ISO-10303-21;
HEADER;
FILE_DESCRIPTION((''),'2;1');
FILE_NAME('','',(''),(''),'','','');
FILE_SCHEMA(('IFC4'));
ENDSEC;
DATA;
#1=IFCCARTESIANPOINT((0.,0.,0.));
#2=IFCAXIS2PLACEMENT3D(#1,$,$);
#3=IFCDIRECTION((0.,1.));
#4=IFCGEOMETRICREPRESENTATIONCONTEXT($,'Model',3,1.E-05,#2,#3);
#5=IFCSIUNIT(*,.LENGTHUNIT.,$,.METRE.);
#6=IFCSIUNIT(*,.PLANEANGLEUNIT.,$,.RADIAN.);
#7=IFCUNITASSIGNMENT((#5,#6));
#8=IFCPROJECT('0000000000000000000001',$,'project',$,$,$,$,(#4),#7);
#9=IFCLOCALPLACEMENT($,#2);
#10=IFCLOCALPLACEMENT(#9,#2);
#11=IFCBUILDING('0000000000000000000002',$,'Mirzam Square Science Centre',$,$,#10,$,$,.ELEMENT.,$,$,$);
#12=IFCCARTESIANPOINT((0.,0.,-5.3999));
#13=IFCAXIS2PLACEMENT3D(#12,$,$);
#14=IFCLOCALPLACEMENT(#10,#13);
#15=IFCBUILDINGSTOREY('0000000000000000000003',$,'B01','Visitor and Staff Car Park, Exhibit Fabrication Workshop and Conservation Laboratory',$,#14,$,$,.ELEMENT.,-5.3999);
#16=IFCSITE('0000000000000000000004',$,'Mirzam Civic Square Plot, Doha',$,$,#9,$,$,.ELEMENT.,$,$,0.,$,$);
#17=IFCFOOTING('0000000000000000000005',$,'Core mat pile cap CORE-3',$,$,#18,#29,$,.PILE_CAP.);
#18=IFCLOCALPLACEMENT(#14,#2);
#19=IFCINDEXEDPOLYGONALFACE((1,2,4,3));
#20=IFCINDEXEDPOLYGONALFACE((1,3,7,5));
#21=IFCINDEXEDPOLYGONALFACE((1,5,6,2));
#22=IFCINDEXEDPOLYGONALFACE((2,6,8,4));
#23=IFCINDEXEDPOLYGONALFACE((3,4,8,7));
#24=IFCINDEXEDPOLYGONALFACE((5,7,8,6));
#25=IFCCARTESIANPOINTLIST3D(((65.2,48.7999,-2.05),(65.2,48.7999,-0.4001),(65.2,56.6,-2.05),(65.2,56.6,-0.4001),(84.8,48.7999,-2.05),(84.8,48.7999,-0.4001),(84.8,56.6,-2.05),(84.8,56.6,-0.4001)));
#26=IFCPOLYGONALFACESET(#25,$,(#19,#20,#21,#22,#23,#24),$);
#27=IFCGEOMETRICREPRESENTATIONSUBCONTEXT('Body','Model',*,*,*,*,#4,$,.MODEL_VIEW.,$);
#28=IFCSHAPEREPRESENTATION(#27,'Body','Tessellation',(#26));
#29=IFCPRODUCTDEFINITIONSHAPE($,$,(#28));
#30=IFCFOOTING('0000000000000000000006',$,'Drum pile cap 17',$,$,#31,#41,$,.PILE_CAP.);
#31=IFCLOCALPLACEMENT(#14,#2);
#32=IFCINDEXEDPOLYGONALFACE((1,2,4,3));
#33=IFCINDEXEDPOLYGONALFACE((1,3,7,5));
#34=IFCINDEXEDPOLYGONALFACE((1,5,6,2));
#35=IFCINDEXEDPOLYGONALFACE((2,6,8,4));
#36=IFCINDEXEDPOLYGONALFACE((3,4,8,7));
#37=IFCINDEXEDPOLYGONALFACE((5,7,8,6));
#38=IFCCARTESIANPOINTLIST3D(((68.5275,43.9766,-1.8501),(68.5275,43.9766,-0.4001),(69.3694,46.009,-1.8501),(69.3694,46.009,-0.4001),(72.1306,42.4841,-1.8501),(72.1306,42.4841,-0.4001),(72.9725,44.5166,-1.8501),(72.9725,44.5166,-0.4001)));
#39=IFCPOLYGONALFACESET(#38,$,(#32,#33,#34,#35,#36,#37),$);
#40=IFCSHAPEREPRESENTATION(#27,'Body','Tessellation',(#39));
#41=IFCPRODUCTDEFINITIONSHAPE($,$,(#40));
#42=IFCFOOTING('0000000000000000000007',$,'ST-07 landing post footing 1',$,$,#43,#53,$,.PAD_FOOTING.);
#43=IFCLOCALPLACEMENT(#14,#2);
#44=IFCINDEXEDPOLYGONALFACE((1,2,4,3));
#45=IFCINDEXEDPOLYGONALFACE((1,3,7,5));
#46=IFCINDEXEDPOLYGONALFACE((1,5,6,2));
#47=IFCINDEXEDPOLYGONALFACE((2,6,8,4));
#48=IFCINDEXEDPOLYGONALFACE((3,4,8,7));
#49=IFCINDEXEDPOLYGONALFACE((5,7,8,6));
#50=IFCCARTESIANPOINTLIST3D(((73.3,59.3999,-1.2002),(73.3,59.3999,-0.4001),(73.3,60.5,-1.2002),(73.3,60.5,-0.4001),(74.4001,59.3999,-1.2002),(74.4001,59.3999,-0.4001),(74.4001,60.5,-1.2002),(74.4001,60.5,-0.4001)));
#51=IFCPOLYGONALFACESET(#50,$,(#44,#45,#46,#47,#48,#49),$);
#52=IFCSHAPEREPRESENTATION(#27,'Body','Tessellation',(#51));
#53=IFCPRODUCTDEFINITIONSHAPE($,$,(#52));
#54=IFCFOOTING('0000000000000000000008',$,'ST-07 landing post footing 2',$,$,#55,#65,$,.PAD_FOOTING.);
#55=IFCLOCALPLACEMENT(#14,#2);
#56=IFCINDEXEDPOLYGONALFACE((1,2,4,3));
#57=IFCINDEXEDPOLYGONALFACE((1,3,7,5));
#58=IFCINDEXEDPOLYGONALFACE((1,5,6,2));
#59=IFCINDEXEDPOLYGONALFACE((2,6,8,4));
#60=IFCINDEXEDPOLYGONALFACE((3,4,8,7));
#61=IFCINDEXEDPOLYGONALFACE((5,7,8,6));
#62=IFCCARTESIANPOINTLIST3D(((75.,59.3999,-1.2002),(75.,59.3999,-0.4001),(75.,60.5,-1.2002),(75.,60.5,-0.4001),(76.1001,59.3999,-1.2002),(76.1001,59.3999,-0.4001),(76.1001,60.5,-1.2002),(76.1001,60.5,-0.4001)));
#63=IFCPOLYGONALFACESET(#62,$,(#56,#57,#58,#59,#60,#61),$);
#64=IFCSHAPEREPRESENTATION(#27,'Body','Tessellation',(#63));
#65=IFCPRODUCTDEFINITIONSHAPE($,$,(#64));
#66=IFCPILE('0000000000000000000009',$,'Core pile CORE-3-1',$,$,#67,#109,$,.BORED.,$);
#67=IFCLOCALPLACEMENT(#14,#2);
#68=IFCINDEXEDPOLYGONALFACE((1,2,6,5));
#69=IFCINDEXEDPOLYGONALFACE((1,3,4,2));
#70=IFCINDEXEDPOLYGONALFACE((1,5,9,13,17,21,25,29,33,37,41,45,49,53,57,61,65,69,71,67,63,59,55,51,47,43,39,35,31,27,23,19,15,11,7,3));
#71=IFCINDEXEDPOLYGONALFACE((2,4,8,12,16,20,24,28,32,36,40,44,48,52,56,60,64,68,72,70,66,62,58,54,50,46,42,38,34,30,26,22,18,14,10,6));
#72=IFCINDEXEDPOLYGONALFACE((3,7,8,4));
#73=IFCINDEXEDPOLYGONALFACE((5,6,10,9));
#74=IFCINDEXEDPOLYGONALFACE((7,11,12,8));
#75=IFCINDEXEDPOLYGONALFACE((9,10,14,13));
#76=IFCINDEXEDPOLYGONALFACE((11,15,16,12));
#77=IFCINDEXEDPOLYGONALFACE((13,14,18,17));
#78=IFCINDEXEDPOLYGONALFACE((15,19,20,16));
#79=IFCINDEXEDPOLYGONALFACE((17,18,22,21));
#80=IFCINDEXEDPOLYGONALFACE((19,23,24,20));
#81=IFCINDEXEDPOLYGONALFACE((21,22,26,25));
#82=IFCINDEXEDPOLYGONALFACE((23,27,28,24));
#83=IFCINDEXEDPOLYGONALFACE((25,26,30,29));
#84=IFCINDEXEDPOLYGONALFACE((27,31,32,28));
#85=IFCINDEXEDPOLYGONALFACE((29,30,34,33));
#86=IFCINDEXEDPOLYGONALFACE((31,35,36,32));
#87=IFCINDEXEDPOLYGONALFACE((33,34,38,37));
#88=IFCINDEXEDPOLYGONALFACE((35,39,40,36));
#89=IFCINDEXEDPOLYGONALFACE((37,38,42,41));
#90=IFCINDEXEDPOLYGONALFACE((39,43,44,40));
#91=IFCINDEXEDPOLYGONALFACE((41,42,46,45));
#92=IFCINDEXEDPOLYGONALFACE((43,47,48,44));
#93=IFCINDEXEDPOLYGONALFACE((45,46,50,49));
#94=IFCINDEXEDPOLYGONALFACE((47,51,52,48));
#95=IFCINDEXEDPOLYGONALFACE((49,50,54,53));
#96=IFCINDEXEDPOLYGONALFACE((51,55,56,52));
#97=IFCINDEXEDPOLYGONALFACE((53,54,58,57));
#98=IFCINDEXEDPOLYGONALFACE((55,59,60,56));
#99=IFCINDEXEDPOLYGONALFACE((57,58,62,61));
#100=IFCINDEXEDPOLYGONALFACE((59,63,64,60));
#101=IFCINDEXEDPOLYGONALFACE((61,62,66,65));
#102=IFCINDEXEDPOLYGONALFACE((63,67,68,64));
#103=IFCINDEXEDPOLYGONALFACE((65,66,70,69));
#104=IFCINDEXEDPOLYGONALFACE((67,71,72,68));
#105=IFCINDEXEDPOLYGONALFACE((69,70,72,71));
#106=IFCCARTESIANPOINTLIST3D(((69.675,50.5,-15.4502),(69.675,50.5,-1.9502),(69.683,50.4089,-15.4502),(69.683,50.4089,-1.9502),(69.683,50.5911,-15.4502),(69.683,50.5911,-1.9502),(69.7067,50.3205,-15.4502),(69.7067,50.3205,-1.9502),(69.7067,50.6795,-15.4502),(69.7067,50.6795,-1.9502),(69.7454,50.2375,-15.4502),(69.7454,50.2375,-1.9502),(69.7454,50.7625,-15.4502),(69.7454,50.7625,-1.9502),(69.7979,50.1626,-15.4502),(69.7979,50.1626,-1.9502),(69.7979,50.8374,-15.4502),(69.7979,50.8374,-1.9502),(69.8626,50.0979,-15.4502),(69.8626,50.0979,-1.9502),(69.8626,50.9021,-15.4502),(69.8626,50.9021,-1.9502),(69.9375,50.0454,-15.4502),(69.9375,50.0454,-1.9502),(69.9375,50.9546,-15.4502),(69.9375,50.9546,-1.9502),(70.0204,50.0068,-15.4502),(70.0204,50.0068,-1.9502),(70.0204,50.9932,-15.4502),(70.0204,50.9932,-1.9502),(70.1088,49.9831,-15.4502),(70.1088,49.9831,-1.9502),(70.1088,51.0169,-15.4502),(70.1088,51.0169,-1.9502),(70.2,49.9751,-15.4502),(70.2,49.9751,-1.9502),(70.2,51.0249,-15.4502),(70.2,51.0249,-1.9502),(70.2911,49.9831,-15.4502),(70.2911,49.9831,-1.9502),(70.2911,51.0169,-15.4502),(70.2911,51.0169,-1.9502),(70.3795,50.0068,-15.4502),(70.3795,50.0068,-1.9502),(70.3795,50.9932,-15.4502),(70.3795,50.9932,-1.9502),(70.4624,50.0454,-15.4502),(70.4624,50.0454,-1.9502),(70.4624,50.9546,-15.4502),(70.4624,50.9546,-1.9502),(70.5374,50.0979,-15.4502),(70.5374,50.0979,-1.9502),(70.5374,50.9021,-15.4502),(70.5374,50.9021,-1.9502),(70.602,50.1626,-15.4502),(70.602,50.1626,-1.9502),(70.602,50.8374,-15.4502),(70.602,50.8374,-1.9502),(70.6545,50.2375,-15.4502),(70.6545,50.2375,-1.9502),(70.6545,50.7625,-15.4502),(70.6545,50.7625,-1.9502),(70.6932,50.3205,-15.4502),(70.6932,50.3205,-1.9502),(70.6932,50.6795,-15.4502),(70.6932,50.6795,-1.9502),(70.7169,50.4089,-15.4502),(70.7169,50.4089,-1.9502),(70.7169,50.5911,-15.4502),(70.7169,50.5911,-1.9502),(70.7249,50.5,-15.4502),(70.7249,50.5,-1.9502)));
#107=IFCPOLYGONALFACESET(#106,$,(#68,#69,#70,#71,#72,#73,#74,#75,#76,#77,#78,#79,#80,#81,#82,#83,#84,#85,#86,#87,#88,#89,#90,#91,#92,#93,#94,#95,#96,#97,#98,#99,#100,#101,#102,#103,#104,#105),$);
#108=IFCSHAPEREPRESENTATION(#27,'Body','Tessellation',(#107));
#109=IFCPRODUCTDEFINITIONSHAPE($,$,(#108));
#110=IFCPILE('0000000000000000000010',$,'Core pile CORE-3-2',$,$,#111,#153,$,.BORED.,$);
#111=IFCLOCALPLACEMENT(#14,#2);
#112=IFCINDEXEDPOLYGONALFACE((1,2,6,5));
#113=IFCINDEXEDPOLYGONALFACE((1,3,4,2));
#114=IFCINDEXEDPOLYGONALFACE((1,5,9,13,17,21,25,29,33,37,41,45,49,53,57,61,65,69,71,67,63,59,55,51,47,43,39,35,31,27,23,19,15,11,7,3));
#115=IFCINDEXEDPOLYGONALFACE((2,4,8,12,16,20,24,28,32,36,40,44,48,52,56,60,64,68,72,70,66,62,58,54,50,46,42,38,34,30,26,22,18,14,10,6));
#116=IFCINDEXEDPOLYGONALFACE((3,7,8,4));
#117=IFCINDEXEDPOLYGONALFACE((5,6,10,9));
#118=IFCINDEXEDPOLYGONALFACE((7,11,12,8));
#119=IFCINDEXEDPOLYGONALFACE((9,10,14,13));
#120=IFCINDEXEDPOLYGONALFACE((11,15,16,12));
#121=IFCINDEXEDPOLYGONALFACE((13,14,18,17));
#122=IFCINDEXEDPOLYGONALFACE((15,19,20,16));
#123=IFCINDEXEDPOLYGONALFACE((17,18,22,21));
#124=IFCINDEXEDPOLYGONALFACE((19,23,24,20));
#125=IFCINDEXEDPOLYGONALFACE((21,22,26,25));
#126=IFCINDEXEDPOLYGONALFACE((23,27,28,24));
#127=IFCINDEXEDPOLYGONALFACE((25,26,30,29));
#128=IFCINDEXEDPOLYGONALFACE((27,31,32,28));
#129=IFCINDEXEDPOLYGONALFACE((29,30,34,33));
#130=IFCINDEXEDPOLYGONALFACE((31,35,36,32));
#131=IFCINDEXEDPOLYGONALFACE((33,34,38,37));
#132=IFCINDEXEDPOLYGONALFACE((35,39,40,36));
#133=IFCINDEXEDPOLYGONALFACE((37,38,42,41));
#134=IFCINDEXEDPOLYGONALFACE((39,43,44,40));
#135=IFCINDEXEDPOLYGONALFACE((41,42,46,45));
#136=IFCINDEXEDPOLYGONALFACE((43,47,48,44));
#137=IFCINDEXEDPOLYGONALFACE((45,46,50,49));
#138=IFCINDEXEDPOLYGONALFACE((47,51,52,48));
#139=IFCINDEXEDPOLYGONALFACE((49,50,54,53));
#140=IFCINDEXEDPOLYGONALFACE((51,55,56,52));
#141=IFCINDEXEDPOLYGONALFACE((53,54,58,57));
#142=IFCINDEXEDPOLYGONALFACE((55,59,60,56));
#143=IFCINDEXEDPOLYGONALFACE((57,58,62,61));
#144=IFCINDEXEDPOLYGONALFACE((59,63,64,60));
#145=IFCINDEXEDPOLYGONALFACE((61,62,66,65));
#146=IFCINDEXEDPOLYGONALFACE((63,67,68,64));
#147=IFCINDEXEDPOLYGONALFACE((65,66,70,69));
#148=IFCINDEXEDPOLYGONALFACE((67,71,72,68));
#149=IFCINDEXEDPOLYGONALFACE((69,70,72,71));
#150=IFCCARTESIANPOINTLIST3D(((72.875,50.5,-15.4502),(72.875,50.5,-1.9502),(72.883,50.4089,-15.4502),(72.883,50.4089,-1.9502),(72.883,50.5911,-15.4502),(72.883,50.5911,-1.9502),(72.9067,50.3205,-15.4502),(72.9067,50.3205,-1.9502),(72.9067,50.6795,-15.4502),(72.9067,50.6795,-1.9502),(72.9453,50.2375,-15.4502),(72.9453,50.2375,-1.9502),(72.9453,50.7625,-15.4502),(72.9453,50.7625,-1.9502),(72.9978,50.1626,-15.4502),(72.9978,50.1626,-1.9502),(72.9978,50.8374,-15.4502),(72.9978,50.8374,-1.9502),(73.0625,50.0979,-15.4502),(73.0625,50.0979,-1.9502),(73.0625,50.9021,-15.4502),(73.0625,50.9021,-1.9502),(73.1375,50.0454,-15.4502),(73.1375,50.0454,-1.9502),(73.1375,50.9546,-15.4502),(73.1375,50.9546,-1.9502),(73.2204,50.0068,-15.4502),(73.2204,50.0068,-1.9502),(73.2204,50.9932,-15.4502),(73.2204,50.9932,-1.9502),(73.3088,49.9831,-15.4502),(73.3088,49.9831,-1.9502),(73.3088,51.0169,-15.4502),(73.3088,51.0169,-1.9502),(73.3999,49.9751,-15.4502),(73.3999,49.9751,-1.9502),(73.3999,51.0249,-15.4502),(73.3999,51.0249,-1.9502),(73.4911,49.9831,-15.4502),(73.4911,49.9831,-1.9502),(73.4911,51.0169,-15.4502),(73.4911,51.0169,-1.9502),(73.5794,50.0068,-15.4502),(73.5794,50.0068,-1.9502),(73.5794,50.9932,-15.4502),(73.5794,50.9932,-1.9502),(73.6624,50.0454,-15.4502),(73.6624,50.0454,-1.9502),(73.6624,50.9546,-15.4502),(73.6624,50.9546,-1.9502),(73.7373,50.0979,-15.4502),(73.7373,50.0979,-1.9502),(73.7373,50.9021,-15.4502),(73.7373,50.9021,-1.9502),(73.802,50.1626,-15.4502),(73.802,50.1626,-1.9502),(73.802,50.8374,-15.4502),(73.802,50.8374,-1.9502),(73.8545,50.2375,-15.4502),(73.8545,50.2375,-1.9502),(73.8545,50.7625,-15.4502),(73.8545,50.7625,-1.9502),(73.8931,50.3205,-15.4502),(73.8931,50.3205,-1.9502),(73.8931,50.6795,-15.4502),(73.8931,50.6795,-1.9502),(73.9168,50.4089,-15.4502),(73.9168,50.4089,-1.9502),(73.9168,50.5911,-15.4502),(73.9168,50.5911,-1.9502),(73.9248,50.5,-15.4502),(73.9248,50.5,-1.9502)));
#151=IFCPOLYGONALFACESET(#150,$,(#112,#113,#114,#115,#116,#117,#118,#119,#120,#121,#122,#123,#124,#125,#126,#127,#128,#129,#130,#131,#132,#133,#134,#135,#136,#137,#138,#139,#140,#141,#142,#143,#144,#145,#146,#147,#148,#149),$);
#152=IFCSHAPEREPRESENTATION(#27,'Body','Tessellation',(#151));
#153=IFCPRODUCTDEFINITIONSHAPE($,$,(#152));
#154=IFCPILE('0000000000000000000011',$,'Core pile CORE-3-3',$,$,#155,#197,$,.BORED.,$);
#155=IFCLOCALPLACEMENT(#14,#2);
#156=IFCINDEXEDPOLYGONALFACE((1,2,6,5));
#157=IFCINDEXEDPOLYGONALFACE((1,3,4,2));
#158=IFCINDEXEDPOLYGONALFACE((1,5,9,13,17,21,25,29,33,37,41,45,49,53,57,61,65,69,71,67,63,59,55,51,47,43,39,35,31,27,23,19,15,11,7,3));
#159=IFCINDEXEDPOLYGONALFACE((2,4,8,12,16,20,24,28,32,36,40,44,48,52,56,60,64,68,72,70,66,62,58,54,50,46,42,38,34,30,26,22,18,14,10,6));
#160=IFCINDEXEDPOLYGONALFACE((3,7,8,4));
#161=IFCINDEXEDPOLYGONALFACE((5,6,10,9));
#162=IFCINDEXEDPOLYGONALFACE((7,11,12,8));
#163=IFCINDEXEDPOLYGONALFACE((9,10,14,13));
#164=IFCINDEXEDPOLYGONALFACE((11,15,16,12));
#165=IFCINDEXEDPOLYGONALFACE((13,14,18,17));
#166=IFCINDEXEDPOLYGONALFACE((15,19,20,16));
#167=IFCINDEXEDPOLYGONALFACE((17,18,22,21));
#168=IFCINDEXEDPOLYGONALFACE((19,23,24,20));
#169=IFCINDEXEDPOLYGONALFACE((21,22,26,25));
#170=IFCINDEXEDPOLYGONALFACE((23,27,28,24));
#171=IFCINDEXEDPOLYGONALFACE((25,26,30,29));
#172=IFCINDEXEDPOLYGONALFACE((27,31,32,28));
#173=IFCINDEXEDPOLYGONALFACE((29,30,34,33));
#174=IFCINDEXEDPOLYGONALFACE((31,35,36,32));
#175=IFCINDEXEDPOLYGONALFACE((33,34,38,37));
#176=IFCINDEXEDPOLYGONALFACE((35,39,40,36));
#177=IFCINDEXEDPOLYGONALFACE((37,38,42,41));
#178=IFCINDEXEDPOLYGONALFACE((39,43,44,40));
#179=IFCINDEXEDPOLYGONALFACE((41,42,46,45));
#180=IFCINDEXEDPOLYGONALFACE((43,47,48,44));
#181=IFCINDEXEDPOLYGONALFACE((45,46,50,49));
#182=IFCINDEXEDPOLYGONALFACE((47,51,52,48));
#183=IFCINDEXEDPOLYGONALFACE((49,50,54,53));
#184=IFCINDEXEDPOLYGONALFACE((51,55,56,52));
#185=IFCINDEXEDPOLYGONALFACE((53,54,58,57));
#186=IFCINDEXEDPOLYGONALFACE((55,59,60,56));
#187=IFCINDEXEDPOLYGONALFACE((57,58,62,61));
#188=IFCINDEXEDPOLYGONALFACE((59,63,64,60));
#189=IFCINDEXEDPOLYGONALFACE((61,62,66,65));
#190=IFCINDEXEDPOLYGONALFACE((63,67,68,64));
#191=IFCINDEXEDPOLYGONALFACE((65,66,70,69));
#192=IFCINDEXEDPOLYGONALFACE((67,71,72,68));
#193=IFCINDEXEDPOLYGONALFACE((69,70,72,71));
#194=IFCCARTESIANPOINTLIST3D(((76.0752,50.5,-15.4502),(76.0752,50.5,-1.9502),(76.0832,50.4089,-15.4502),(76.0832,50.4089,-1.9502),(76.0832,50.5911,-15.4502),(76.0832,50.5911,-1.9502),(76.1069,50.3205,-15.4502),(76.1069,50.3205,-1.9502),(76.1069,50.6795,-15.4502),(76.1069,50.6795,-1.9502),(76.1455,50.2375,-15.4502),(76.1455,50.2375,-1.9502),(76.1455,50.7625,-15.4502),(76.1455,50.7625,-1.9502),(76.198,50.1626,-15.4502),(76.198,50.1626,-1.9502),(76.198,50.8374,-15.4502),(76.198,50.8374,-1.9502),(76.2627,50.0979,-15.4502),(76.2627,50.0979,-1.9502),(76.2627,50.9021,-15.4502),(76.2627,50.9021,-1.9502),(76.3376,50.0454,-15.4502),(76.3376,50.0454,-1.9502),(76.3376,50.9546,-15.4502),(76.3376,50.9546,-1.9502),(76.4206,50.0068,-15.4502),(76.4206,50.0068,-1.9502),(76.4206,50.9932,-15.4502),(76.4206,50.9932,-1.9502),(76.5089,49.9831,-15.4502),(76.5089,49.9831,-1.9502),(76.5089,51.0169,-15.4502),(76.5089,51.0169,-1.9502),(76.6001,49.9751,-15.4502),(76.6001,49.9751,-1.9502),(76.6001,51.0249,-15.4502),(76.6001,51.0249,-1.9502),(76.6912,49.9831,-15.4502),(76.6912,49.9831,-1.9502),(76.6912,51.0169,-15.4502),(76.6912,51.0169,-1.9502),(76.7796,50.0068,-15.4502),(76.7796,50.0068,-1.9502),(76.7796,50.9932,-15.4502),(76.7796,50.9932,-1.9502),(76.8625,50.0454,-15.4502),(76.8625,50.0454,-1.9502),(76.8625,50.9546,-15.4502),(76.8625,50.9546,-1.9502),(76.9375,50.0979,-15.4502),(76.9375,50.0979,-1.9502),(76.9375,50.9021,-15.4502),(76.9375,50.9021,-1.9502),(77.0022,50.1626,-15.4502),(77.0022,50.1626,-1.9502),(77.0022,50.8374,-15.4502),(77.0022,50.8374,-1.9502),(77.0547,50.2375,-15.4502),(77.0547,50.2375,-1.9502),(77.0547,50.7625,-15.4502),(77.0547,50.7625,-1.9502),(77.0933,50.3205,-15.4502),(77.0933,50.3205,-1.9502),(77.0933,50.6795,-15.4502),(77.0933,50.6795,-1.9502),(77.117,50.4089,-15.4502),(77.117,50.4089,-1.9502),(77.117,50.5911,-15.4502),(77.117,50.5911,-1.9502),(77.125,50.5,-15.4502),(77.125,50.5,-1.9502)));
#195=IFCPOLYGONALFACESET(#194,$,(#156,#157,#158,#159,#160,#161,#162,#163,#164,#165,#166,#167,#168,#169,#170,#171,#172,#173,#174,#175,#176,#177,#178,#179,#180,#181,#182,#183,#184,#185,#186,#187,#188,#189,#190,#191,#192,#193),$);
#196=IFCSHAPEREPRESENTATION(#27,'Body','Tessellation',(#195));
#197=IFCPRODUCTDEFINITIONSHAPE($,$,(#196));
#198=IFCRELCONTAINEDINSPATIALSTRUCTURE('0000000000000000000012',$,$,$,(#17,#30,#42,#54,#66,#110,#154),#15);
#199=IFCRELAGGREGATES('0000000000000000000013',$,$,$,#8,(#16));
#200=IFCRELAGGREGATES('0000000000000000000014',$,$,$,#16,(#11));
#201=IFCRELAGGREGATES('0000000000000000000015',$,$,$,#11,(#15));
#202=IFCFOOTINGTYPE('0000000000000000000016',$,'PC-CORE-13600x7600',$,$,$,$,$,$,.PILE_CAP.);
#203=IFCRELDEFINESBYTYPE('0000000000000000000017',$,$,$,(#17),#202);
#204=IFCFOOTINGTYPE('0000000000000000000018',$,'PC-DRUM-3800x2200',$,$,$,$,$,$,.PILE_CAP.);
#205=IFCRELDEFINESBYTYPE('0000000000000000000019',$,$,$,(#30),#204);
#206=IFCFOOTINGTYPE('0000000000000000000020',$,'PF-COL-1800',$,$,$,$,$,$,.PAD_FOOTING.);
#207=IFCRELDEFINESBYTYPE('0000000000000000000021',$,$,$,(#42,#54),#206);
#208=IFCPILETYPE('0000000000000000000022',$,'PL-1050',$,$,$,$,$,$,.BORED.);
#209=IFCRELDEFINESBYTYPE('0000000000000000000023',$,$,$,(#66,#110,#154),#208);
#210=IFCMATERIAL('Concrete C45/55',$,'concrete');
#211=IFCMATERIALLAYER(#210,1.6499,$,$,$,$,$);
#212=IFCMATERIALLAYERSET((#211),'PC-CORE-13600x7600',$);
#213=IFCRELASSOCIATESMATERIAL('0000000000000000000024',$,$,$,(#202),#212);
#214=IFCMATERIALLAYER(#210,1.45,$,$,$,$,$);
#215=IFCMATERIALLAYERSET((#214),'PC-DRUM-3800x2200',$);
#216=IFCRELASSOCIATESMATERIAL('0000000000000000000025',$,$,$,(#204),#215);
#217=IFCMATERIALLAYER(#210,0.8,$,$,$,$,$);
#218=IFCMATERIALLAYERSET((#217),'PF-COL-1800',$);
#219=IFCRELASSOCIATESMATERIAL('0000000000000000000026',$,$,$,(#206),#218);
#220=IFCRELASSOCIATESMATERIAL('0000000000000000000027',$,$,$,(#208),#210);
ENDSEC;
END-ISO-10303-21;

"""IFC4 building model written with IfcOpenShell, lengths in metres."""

from ifc_helpers import new_model, si_unit, direction, frame, origin, origin_2d, place, context, subcontext, project, spatial, rectangle, circle, extrude, material, layer, layer_set, material_profile, profile_set, type_object, element, save


model = new_model("IFC4")

# Units and contexts
model_context = context("Model", 3, precision=1e-05, world=origin(), true_north=direction((0.0, 1.0)))
body_context = subcontext(model_context, "Body", "Model", "MODEL_VIEW")
ifc_project = project(units=[si_unit("LENGTHUNIT", "METRE"), si_unit("PLANEANGLEUNIT", "RADIAN")], contexts=[model_context])

# Site, building, storey
site_placement = place(None, origin())
site = spatial("IfcSite", under=ifc_project, at=site_placement, Name="Mirzam Civic Square Plot, Doha", CompositionType="ELEMENT", RefElevation=0.0)
building_placement = place(site_placement, origin())
building = spatial("IfcBuilding", under=site, at=building_placement, Name="Mirzam Square Science Centre", CompositionType="ELEMENT")
storey_placement = place(building_placement, frame((0.0, 0.0, -5.3999)))
storey = spatial("IfcBuildingStorey", under=building, at=storey_placement, Name="B01", Description="Visitor and Staff Car Park, Exhibit Fabrication Workshop and Conservation Laboratory", CompositionType="ELEMENT", Elevation=-5.3999)

# Footings
ifc_material_1 = material(Name="Concrete C45/55", Category="concrete")
ifc_layer_1 = layer(ifc_material_1, 1.6499)
ifc_layer_set_1 = layer_set([ifc_layer_1], Name="PC-CORE-13600x7600")
footing_type_1 = type_object("IfcFootingType", Name="PC-CORE-13600x7600", PredefinedType="PILE_CAP", material=ifc_layer_set_1)
footing_1_placement = place(storey_placement, frame((75.0, 52.7, -2.05), z_axis=(0.0, 0.0, 1.0), x_axis=(1.0, 0.0, 0.0)))
element("IfcFooting", 1, at=footing_1_placement, inside=storey, type_object=footing_type_1, Name="Core mat pile cap CORE-3", PredefinedType="PILE_CAP", context=body_context, shape_type="SweptSolid", body=[
    extrude(rectangle(XDim=19.6001, YDim=7.8, at=origin_2d()), origin(), (0.0, 0.0, 1.0), 1.6499),
])
ifc_layer_2 = layer(ifc_material_1, 1.45)
ifc_layer_set_2 = layer_set([ifc_layer_2], Name="PC-DRUM-3800x2200")
footing_type_2 = type_object("IfcFootingType", Name="PC-DRUM-3800x2200", PredefinedType="PILE_CAP", material=ifc_layer_set_2)
footing_2_placement = place(storey_placement, frame((70.75, 44.2466, -1.8501), z_axis=(0.0, 0.0, 1.0), x_axis=(0.92388, -0.382683, 0.0)))
element("IfcFooting", 2, at=footing_2_placement, inside=storey, type_object=footing_type_2, Name="Drum pile cap 17", PredefinedType="PILE_CAP", context=body_context, shape_type="SweptSolid", body=[
    extrude(rectangle(XDim=3.8999, YDim=2.2, at=origin_2d()), origin(), (0.0, 0.0, 1.0), 1.45),
])
ifc_layer_3 = layer(ifc_material_1, 0.8)
ifc_layer_set_3 = layer_set([ifc_layer_3], Name="PF-COL-1800")
footing_type_3 = type_object("IfcFootingType", Name="PF-COL-1800", PredefinedType="PAD_FOOTING", material=ifc_layer_set_3)
for number, where, z_axis, x_axis, name in (
    (3, (73.8501, 59.95, -1.2002), (0.0, 0.0, 1.0), (1.0, 0.0, 0.0), "ST-07 landing post footing 1"),
    (4, (75.55, 59.95, -1.2002), (0.0, 0.0, 1.0), (1.0, 0.0, 0.0), "ST-07 landing post footing 2"),
):
    element("IfcFooting", number, at=place(storey_placement, frame(where, z_axis=z_axis, x_axis=x_axis)), inside=storey, type_object=footing_type_3, Name=name, PredefinedType="PAD_FOOTING", context=body_context, shape_type="SweptSolid", body=[
        extrude(rectangle(XDim=1.1001, YDim=1.1001, at=origin_2d()), origin(), (0.0, 0.0, 1.0), 0.8),
    ])

# Piles
ifc_material_profile_1 = material_profile(ifc_material_1, circle(Radius=0.5249, at=origin_2d()), Name="PILE-D1050")
ifc_profile_set_1 = profile_set([ifc_material_profile_1], Name="Concrete C45/55")
pile_type = type_object("IfcPileType", Name="PL-1050", PredefinedType="BORED", material=ifc_profile_set_1)
for number, where, z_axis, x_axis, name in (
    (5, (70.2, 50.5, -1.9502), (0.0, 0.0, -1.0), (1.0, 0.0, 0.0), "Core pile CORE-3-1"),
    (6, (73.3999, 50.5, -1.9502), (0.0, 0.0, -1.0), (1.0, 0.0, 0.0), "Core pile CORE-3-2"),
    (7, (76.6001, 50.5, -1.9502), (0.0, 0.0, -1.0), (1.0, 0.0, 0.0), "Core pile CORE-3-3"),
):
    element("IfcPile", number, at=place(storey_placement, frame(where, z_axis=z_axis, x_axis=x_axis)), inside=storey, type_object=pile_type, Name=name, PredefinedType="BORED", context=body_context, shape_type="SweptSolid", body=[
        extrude(circle(Radius=0.5249, at=origin_2d()), origin(), (0.0, 0.0, 1.0), 13.5),
    ])

save(model, "model.ifc")
